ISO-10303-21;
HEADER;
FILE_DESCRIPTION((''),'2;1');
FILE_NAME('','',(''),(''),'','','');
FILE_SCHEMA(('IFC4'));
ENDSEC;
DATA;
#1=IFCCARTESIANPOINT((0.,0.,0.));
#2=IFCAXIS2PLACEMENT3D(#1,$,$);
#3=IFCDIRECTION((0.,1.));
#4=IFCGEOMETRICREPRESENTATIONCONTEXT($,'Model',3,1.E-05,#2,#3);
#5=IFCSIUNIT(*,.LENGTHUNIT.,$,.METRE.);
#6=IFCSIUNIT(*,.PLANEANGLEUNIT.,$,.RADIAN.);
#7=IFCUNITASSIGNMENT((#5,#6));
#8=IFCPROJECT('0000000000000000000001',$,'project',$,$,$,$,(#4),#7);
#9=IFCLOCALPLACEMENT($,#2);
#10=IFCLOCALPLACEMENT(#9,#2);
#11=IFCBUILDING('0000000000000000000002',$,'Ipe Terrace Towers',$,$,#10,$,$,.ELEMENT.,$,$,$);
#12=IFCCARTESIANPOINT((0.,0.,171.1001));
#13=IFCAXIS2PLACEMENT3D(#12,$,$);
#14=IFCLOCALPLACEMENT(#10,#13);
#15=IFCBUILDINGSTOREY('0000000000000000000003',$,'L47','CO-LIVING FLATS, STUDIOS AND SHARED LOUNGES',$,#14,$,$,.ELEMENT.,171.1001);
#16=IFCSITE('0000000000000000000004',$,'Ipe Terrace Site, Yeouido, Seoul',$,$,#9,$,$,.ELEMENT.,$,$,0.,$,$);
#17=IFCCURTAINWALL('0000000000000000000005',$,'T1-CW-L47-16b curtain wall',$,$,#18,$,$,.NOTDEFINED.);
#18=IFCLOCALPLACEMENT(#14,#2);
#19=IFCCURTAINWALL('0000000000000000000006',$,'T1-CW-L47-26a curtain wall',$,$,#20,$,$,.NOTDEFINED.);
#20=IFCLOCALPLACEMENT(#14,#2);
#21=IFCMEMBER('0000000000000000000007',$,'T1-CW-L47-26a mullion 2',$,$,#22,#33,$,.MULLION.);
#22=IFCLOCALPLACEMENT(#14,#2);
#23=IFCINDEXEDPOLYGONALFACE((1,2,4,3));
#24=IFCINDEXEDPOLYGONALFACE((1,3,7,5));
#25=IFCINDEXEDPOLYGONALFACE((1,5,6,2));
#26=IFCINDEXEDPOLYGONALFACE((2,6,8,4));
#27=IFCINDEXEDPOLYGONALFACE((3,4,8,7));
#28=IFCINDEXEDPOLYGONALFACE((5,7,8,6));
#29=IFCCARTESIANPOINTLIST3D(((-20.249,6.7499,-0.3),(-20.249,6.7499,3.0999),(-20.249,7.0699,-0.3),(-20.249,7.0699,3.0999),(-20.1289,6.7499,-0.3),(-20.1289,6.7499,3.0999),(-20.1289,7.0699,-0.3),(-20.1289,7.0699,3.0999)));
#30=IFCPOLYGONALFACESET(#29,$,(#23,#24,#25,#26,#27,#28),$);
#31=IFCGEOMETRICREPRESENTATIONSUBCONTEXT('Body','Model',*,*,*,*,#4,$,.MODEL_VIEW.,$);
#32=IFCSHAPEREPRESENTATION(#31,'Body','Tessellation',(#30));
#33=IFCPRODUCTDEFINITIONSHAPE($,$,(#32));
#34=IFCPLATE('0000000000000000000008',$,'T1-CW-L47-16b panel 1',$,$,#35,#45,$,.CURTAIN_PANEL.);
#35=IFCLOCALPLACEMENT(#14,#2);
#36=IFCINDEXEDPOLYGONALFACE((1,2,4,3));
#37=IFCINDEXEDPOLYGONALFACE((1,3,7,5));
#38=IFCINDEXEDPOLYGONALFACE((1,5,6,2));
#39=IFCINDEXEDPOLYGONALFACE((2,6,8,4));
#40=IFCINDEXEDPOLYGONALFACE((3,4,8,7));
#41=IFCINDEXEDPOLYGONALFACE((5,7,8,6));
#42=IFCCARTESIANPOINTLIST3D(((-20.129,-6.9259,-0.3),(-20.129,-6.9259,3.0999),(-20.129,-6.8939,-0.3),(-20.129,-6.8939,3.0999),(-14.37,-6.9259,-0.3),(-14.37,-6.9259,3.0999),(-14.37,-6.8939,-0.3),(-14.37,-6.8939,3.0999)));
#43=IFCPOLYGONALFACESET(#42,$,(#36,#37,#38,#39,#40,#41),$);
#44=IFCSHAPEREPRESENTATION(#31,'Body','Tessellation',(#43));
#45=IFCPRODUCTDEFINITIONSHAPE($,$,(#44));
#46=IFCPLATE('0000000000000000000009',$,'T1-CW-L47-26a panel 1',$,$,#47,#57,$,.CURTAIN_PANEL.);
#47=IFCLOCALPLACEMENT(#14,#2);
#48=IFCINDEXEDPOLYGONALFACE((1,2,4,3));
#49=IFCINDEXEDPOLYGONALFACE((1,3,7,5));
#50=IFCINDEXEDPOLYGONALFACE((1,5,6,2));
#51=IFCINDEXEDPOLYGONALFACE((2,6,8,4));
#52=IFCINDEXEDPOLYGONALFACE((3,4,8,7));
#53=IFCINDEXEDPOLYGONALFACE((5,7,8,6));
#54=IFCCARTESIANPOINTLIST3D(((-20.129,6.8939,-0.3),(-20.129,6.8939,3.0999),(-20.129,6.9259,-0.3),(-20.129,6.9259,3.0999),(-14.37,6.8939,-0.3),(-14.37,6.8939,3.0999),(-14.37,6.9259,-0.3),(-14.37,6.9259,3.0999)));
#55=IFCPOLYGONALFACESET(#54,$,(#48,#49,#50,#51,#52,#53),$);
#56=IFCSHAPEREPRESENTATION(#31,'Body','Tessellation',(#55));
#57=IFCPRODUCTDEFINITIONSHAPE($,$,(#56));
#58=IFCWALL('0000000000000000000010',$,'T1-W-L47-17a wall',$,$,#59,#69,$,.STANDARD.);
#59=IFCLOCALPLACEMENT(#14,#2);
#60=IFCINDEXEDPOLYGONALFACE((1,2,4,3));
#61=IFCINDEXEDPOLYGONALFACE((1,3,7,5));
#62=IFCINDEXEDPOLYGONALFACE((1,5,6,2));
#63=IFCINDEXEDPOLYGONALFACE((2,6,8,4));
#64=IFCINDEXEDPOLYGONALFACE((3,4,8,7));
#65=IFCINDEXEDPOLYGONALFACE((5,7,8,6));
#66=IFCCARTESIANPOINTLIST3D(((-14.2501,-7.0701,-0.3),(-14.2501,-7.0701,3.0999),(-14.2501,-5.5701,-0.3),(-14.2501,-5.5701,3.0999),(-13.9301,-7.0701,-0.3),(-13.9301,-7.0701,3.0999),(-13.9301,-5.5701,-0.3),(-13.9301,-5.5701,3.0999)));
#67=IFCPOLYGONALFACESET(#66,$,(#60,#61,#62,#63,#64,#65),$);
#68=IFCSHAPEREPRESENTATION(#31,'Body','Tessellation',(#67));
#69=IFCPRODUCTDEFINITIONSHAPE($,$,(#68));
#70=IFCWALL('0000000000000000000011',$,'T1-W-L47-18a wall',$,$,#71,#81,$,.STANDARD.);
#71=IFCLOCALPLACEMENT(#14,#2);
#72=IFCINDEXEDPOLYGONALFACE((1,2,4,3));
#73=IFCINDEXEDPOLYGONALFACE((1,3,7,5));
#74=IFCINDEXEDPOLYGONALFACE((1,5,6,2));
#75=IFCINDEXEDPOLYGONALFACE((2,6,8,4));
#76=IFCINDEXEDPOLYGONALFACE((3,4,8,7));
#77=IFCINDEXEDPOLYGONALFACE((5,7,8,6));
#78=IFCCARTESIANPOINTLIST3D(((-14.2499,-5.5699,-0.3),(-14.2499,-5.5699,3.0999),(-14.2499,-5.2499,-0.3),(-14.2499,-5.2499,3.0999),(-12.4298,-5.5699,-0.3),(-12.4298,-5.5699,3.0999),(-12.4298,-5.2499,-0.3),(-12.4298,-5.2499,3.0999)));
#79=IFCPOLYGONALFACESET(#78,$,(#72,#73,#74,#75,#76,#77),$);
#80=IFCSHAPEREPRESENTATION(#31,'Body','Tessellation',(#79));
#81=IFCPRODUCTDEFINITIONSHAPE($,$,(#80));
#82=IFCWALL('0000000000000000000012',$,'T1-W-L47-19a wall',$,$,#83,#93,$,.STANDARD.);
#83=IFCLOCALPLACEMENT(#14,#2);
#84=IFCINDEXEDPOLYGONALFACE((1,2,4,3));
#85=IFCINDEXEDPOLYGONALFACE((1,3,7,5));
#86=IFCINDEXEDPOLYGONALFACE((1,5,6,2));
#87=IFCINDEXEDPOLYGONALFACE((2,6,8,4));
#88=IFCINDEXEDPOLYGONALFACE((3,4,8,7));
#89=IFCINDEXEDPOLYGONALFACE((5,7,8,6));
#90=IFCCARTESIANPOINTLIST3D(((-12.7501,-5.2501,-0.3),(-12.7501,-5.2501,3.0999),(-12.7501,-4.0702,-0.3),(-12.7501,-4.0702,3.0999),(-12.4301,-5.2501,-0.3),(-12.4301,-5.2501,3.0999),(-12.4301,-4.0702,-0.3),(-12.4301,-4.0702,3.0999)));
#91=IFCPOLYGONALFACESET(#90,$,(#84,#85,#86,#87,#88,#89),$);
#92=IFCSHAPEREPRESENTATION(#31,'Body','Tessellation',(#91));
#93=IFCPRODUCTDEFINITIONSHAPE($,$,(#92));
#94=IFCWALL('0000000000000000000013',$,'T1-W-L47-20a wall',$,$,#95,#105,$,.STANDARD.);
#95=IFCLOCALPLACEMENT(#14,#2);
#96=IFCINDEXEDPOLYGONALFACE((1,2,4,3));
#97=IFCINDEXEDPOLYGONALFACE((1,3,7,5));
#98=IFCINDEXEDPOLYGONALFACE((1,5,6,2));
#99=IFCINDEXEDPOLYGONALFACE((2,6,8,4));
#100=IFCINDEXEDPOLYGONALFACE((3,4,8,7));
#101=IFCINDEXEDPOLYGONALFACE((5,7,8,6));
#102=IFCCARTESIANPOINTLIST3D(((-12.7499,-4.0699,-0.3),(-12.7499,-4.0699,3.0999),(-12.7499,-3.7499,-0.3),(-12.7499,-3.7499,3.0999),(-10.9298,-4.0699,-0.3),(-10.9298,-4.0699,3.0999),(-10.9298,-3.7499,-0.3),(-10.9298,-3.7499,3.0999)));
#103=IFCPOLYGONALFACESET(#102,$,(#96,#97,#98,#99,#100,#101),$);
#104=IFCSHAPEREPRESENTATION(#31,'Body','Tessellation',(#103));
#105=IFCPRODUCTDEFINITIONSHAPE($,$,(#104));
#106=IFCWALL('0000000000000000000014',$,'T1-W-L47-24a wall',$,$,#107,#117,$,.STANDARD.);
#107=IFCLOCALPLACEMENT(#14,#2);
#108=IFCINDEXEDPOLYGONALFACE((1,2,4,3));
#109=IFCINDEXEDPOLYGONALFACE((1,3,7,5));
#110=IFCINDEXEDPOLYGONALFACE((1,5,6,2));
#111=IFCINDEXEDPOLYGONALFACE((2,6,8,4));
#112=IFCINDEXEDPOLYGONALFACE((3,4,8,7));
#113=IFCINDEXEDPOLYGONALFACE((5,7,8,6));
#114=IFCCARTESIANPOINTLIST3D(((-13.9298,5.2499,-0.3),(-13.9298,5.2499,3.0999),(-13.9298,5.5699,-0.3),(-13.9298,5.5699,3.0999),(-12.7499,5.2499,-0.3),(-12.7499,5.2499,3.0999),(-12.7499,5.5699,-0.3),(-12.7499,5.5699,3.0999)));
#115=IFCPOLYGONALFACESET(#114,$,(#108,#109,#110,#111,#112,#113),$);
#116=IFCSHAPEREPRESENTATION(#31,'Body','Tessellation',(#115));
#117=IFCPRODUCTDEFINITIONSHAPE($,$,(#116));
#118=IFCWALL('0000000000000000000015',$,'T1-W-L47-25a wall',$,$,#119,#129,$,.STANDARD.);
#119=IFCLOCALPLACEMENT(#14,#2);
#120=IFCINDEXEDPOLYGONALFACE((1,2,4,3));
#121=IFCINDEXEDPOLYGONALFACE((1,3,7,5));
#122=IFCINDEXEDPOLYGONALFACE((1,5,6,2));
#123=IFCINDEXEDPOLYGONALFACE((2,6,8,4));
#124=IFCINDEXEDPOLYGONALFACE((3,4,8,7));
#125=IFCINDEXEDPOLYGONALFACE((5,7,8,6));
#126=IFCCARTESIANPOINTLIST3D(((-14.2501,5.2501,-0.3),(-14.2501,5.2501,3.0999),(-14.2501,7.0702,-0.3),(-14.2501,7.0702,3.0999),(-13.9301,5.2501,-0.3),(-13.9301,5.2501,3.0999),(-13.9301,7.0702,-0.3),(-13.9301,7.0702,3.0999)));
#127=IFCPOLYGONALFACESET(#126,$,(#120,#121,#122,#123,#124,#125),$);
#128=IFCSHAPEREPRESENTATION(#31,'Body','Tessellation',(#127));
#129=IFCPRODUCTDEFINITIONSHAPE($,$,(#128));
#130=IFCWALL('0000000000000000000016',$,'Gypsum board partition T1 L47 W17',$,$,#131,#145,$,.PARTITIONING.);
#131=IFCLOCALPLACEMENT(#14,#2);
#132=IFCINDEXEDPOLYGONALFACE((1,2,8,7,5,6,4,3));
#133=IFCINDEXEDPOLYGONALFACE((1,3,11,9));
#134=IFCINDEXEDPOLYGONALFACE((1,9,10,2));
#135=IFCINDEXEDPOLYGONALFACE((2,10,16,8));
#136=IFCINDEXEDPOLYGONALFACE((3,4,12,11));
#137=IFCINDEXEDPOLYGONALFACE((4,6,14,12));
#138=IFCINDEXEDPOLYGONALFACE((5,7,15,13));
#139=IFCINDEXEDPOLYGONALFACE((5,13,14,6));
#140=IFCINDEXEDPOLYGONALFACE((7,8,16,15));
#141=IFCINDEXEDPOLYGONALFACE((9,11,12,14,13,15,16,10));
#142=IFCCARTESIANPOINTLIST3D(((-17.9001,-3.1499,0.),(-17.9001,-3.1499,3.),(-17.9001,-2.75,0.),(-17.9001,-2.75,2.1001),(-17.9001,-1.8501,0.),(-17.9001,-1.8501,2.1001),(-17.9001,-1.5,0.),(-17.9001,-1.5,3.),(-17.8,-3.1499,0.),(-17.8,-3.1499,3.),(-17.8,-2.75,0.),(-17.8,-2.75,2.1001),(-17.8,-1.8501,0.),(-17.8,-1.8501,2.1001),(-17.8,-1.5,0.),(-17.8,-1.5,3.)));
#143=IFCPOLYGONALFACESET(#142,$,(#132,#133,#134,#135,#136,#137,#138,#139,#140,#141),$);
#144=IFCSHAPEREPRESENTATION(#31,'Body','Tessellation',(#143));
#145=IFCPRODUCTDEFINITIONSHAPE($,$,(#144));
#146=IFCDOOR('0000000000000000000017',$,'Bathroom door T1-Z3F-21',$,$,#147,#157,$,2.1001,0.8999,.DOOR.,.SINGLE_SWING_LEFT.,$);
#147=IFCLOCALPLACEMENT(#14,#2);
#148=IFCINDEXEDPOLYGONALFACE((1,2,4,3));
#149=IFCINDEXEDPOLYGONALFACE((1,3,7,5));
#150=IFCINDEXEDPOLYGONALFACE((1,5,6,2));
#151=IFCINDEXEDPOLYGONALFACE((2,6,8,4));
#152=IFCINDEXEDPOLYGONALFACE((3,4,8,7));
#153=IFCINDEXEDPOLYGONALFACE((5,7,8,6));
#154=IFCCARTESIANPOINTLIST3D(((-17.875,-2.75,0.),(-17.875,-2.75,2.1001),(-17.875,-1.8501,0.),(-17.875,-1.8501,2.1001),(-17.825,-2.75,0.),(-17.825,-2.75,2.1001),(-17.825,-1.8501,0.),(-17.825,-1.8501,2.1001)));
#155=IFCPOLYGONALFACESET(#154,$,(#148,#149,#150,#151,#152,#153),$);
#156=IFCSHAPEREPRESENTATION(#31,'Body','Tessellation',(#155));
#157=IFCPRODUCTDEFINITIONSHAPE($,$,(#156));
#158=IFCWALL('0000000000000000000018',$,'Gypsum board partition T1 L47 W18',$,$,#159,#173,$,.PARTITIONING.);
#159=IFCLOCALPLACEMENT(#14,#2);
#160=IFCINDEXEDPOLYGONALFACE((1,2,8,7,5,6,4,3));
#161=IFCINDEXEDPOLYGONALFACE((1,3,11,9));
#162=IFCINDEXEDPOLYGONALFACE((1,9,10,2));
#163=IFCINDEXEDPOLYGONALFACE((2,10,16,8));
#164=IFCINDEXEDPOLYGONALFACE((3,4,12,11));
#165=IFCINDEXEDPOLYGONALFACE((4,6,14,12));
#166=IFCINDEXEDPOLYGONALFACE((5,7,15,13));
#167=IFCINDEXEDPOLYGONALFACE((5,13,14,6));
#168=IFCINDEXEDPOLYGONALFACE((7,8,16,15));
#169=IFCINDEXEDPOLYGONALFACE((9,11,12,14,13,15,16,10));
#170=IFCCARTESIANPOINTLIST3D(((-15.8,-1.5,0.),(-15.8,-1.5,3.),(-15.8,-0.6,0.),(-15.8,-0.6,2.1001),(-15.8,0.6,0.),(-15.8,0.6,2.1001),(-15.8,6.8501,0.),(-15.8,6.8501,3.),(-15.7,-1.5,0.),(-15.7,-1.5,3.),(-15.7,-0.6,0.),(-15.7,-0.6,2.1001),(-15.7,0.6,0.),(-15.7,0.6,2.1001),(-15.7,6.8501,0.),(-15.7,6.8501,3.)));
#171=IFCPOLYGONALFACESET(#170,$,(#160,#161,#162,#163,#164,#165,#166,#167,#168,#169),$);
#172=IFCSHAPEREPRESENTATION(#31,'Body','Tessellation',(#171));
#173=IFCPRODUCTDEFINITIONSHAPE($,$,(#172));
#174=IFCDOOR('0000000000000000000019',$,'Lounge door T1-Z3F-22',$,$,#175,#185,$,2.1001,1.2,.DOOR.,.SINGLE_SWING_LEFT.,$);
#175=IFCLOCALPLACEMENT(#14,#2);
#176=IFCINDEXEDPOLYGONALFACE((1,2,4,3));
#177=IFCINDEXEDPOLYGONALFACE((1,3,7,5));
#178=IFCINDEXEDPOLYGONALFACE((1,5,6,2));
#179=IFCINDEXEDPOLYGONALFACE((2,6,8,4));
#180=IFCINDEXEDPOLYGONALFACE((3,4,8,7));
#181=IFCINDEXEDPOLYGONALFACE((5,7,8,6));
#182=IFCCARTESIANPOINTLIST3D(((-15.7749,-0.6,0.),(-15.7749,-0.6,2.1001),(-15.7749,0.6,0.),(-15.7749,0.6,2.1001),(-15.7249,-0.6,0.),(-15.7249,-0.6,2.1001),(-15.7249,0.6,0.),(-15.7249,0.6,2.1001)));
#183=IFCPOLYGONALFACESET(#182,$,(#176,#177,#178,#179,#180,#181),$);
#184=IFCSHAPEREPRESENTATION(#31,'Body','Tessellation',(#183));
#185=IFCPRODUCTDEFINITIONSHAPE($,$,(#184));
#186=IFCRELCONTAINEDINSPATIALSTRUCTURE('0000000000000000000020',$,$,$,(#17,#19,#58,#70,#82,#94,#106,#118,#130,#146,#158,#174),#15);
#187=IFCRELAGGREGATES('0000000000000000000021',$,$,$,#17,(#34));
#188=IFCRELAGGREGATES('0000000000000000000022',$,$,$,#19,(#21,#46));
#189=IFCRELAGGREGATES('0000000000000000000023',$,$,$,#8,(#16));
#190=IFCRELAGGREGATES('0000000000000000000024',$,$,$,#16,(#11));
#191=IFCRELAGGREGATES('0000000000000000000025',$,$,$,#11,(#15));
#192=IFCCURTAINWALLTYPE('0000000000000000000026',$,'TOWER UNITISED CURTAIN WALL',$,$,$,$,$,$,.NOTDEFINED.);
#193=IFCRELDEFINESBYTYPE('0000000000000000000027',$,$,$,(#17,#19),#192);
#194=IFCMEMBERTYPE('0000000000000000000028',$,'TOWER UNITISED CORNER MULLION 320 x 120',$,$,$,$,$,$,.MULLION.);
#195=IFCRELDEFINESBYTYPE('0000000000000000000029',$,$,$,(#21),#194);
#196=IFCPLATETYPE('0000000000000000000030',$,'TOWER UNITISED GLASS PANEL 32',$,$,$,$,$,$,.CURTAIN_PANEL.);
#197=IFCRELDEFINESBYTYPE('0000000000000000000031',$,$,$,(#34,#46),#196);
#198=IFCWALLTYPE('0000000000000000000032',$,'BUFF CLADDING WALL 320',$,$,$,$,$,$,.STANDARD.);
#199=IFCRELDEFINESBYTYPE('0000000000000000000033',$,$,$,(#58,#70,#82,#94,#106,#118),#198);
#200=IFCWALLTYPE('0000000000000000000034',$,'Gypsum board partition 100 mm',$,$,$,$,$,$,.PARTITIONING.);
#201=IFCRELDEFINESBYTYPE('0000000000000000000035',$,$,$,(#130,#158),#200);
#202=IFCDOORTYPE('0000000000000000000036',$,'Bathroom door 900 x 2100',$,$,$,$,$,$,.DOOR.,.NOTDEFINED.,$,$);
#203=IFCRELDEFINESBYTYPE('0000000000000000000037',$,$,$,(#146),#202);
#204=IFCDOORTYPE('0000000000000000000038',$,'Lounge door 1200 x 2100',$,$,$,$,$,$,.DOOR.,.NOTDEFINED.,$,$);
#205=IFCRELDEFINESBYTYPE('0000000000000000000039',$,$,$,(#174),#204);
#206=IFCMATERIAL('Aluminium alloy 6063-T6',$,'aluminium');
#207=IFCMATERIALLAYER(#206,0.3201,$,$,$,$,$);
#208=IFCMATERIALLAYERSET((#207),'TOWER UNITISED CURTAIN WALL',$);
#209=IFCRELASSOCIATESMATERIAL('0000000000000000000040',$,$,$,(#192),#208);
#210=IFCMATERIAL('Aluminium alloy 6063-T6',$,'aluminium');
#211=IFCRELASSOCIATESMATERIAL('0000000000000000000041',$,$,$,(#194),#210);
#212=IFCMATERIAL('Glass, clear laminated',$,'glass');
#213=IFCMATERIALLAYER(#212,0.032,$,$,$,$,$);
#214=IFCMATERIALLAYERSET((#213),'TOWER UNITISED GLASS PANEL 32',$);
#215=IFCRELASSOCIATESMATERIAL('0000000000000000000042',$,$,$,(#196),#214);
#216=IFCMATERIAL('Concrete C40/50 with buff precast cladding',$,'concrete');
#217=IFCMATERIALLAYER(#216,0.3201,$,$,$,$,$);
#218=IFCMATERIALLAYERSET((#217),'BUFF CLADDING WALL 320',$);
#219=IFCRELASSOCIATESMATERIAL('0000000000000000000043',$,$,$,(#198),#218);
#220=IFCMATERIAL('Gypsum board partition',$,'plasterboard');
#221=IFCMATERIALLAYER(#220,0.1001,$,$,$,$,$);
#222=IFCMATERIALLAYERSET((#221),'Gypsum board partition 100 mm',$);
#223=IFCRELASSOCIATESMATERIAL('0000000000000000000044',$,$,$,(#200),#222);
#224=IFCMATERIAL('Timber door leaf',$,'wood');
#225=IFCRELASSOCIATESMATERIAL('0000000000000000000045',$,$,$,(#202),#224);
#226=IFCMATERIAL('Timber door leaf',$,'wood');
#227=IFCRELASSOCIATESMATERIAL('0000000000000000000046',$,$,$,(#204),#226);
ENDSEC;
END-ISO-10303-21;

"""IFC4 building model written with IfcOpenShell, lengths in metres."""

from ifc_helpers import new_model, si_unit, direction, frame, frame_2d, origin, origin_2d, place, context, subcontext, project, spatial, rectangle, extrude, material, layer, layer_set, material_profile, profile_set, type_object, element, fill, aggregate, save


model = new_model("IFC4")

# Units and contexts
model_context = context("Model", 3, precision=1e-05, world=origin(), true_north=direction((0.0, 1.0)))
body_context = subcontext(model_context, "Body", "Model", "MODEL_VIEW")
ifc_project = project(units=[si_unit("LENGTHUNIT", "METRE"), si_unit("PLANEANGLEUNIT", "RADIAN")], contexts=[model_context])

# Site, building, storey
site_placement = place(None, origin())
site = spatial("IfcSite", under=ifc_project, at=site_placement, Name="Ipe Terrace Site, Yeouido, Seoul", CompositionType="ELEMENT", RefElevation=0.0)
building_placement = place(site_placement, origin())
building = spatial("IfcBuilding", under=site, at=building_placement, Name="Ipe Terrace Towers", CompositionType="ELEMENT")
storey_placement = place(building_placement, frame((0.0, 0.0, 171.1001)))
storey = spatial("IfcBuildingStorey", under=building, at=storey_placement, Name="L47", Description="CO-LIVING FLATS, STUDIOS AND SHARED LOUNGES", CompositionType="ELEMENT", Elevation=171.1001)

# Curtain walls, member
ifc_material_1 = material(Name="Aluminium alloy 6063-T6", Category="aluminium")
ifc_layer_1 = layer(ifc_material_1, 0.3201)
ifc_layer_set_1 = layer_set([ifc_layer_1], Name="TOWER UNITISED CURTAIN WALL")
curtain_wall_type = type_object("IfcCurtainWallType", Name="TOWER UNITISED CURTAIN WALL", PredefinedType="NOTDEFINED", material=ifc_layer_set_1)
curtain_wall_1_placement = place(storey_placement, origin())
curtain_wall_1 = element("IfcCurtainWall", 1, at=curtain_wall_1_placement, inside=storey, type_object=curtain_wall_type, Name="T1-CW-L47-16b curtain wall", PredefinedType="NOTDEFINED")
ifc_material_2 = material(Name="Aluminium alloy 6063-T6", Category="aluminium")
ifc_material_profile_1 = material_profile(ifc_material_2, rectangle(XDim=0.3201, YDim=0.1201, at=origin_2d()), Name="TOWER UNITISED CORNER MULLION 320 x 120")
ifc_profile_set_1 = profile_set([ifc_material_profile_1], Name="Aluminium alloy 6063-T6")
member_type = type_object("IfcMemberType", Name="TOWER UNITISED CORNER MULLION 320 x 120", PredefinedType="MULLION", material=ifc_profile_set_1)
curtain_wall_2_placement = place(storey_placement, origin())
curtain_wall_2 = element("IfcCurtainWall", 2, at=curtain_wall_2_placement, inside=storey, type_object=curtain_wall_type, Name="T1-CW-L47-26a curtain wall", PredefinedType="NOTDEFINED")
member_1_placement = place(storey_placement, frame((-20.189, 6.9099, -0.3), z_axis=(0.0, 0.0, 1.0), x_axis=(0.0, 1.0, 0.0)))
member_1 = element("IfcMember", 3, at=member_1_placement, type_object=member_type, Name="T1-CW-L47-26a mullion 2", PredefinedType="MULLION", context=body_context, shape_type="SweptSolid", body=[
    extrude(rectangle(XDim=0.3201, YDim=0.1201, at=origin_2d()), origin(), (0.0, 0.0, 1.0), 3.3999),
])

# Plates
ifc_material_3 = material(Name="Glass, clear laminated", Category="glass")
ifc_layer_2 = layer(ifc_material_3, 0.032)
ifc_layer_set_2 = layer_set([ifc_layer_2], Name="TOWER UNITISED GLASS PANEL 32")
plate_type = type_object("IfcPlateType", Name="TOWER UNITISED GLASS PANEL 32", PredefinedType="CURTAIN_PANEL", material=ifc_layer_set_2)
plate_1_placement = place(storey_placement, frame((-17.2495, -6.9099, -0.3), z_axis=(0.0, 0.0, 1.0), x_axis=(1.0, 0.0, 0.0)))
plate_1 = element("IfcPlate", 4, at=plate_1_placement, type_object=plate_type, Name="T1-CW-L47-16b panel 1", PredefinedType="CURTAIN_PANEL", context=body_context, shape_type="SweptSolid", body=[
    extrude(rectangle(XDim=5.759, YDim=0.032, at=origin_2d()), origin(), (0.0, 0.0, 1.0), 3.3999),
])
aggregate(curtain_wall_1, [plate_1])
plate_2_placement = place(storey_placement, frame((-17.2495, 6.9099, -0.3), z_axis=(0.0, 0.0, 1.0), x_axis=(-1.0, 0.0, 0.0)))
plate_2 = element("IfcPlate", 5, at=plate_2_placement, type_object=plate_type, Name="T1-CW-L47-26a panel 1", PredefinedType="CURTAIN_PANEL", context=body_context, shape_type="SweptSolid", body=[
    extrude(rectangle(XDim=5.759, YDim=0.032, at=origin_2d()), origin(), (0.0, 0.0, 1.0), 3.3999),
])
aggregate(curtain_wall_2, [member_1, plate_2])

# Walls
ifc_material_4 = material(Name="Concrete C40/50 with buff precast cladding", Category="concrete")
ifc_layer_3 = layer(ifc_material_4, 0.3201)
ifc_layer_set_3 = layer_set([ifc_layer_3], Name="BUFF CLADDING WALL 320")
wall_type_1 = type_object("IfcWallType", Name="BUFF CLADDING WALL 320", PredefinedType="STANDARD", material=ifc_layer_set_3)
wall_1_placement = place(storey_placement, frame((-14.0901, -7.0701, -0.3), z_axis=(0.0, 0.0, 1.0), x_axis=(0.0, 1.0, 0.0)))
element("IfcWall", 6, at=wall_1_placement, inside=storey, type_object=wall_type_1, Name="T1-W-L47-17a wall", PredefinedType="STANDARD", context=body_context, shape_type="SweptSolid", body=[
    extrude(rectangle(XDim=1.5, YDim=0.3201, at=frame_2d((0.75, 0.0))), origin(), (0.0, 0.0, 1.0), 3.3999),
])
wall_2_placement = place(storey_placement, frame((-14.25, -5.4099, -0.3), z_axis=(0.0, 0.0, 1.0), x_axis=(1.0, 0.0, 0.0)))
element("IfcWall", 7, at=wall_2_placement, inside=storey, type_object=wall_type_1, Name="T1-W-L47-18a wall", PredefinedType="STANDARD", context=body_context, shape_type="SweptSolid", body=[
    extrude(rectangle(XDim=1.8201, YDim=0.3201, at=frame_2d((0.9102, 0.0))), origin(), (0.0, 0.0, 1.0), 3.3999),
])
wall_3_placement = place(storey_placement, frame((-12.5901, -5.25, -0.3), z_axis=(0.0, 0.0, 1.0), x_axis=(0.0, 1.0, 0.0)))
element("IfcWall", 8, at=wall_3_placement, inside=storey, type_object=wall_type_1, Name="T1-W-L47-19a wall", PredefinedType="STANDARD", context=body_context, shape_type="SweptSolid", body=[
    extrude(rectangle(XDim=1.1799, YDim=0.3201, at=frame_2d((0.5898, 0.0))), origin(), (0.0, 0.0, 1.0), 3.3999),
])
wall_4_placement = place(storey_placement, frame((-12.75, -3.9099, -0.3), z_axis=(0.0, 0.0, 1.0), x_axis=(1.0, 0.0, 0.0)))
element("IfcWall", 9, at=wall_4_placement, inside=storey, type_object=wall_type_1, Name="T1-W-L47-20a wall", PredefinedType="STANDARD", context=body_context, shape_type="SweptSolid", body=[
    extrude(rectangle(XDim=1.8201, YDim=0.3201, at=frame_2d((0.9102, 0.0))), origin(), (0.0, 0.0, 1.0), 3.3999),
])
wall_5_placement = place(storey_placement, frame((-12.75, 5.4099, -0.3), z_axis=(0.0, 0.0, 1.0), x_axis=(-1.0, 0.0, 0.0)))
element("IfcWall", 10, at=wall_5_placement, inside=storey, type_object=wall_type_1, Name="T1-W-L47-24a wall", PredefinedType="STANDARD", context=body_context, shape_type="SweptSolid", body=[
    extrude(rectangle(XDim=1.1799, YDim=0.3201, at=frame_2d((0.5898, 0.0))), origin(), (0.0, 0.0, 1.0), 3.3999),
])
wall_6_placement = place(storey_placement, frame((-14.0901, 5.25, -0.3), z_axis=(0.0, 0.0, 1.0), x_axis=(0.0, 1.0, 0.0)))
element("IfcWall", 11, at=wall_6_placement, inside=storey, type_object=wall_type_1, Name="T1-W-L47-25a wall", PredefinedType="STANDARD", context=body_context, shape_type="SweptSolid", body=[
    extrude(rectangle(XDim=1.8201, YDim=0.3201, at=frame_2d((0.9102, 0.0))), origin(), (0.0, 0.0, 1.0), 3.3999),
])

# Walls, openings, doors
ifc_material_5 = material(Name="Gypsum board partition", Category="plasterboard")
ifc_layer_4 = layer(ifc_material_5, 0.1001)
ifc_layer_set_4 = layer_set([ifc_layer_4], Name="Gypsum board partition 100 mm")
wall_type_2 = type_object("IfcWallType", Name="Gypsum board partition 100 mm", PredefinedType="PARTITIONING", material=ifc_layer_set_4)
wall_7_placement = place(storey_placement, frame((-17.8501, -3.1499, 0.0), z_axis=(0.0, 0.0, 1.0), x_axis=(0.0, 1.0, 0.0)))
wall_7 = element("IfcWall", 12, at=wall_7_placement, inside=storey, type_object=wall_type_2, Name="Gypsum board partition T1 L47 W17", PredefinedType="PARTITIONING", context=body_context, shape_type="SweptSolid", body=[
    extrude(rectangle(XDim=1.6499, YDim=0.1001, at=frame_2d((0.825, 0.0))), origin(), (0.0, 0.0, 1.0), 3.0),
])
opening_1_placement = place(wall_7_placement, frame((0.3999, 0.0, 0.0)))
opening_1 = element("IfcOpeningElement", 13, at=opening_1_placement, cuts=wall_7, PredefinedType="OPENING", context=body_context, shape_type="SweptSolid", body=[
    extrude(rectangle(XDim=0.8999, YDim=2.1001, at=frame_2d((0.45, 1.05))), frame((0.0, 0.0601, 0.0), z_axis=(0.0, -1.0, 0.0), x_axis=(1.0, 0.0, 0.0)), (0.0, 0.0, 1.0), 0.1201),
])
ifc_material_6 = material(Name="Timber door leaf", Category="wood")
door_type_1 = type_object("IfcDoorType", Name="Bathroom door 900 x 2100", OperationType="NOTDEFINED", PredefinedType="DOOR", material=ifc_material_6)
door_1_placement = place(opening_1_placement, origin())
door_1 = element("IfcDoor", 14, at=door_1_placement, inside=storey, type_object=door_type_1, Name="Bathroom door T1-Z3F-21", OperationType="SINGLE_SWING_LEFT", OverallHeight=2.1001, OverallWidth=0.8999, PredefinedType="DOOR", context=body_context, shape_type="SweptSolid", body=[
    extrude(rectangle(XDim=0.8999, YDim=2.1001, at=frame_2d((0.45, 1.05))), frame((0.0, 0.0249, 0.0), z_axis=(0.0, -1.0, 0.0), x_axis=(1.0, 0.0, 0.0)), (0.0, 0.0, 1.0), 0.05),
])
fill(opening_1, door_1)
wall_8_placement = place(storey_placement, frame((-15.75, -1.5, 0.0), z_axis=(0.0, 0.0, 1.0), x_axis=(0.0, 1.0, 0.0)))
wall_8 = element("IfcWall", 15, at=wall_8_placement, inside=storey, type_object=wall_type_2, Name="Gypsum board partition T1 L47 W18", PredefinedType="PARTITIONING", context=body_context, shape_type="SweptSolid", body=[
    extrude(rectangle(XDim=8.3501, YDim=0.1001, at=frame_2d((4.175, 0.0))), origin(), (0.0, 0.0, 1.0), 3.0),
])
opening_2_placement = place(wall_8_placement, frame((0.8999, 0.0, 0.0)))
opening_2 = element("IfcOpeningElement", 16, at=opening_2_placement, cuts=wall_8, PredefinedType="OPENING", context=body_context, shape_type="SweptSolid", body=[
    extrude(rectangle(XDim=1.2, YDim=2.1001, at=frame_2d((0.6001, 1.05))), frame((0.0, 0.0601, 0.0), z_axis=(0.0, -1.0, 0.0), x_axis=(1.0, 0.0, 0.0)), (0.0, 0.0, 1.0), 0.1201),
])
ifc_material_7 = material(Name="Timber door leaf", Category="wood")
door_type_2 = type_object("IfcDoorType", Name="Lounge door 1200 x 2100", OperationType="NOTDEFINED", PredefinedType="DOOR", material=ifc_material_7)
door_2_placement = place(opening_2_placement, origin())
door_2 = element("IfcDoor", 17, at=door_2_placement, inside=storey, type_object=door_type_2, Name="Lounge door T1-Z3F-22", OperationType="SINGLE_SWING_LEFT", OverallHeight=2.1001, OverallWidth=1.2, PredefinedType="DOOR", context=body_context, shape_type="SweptSolid", body=[
    extrude(rectangle(XDim=1.2, YDim=2.1001, at=frame_2d((0.6001, 1.05))), frame((0.0, 0.0249, 0.0), z_axis=(0.0, -1.0, 0.0), x_axis=(1.0, 0.0, 0.0)), (0.0, 0.0, 1.0), 0.05),
])
fill(opening_2, door_2)

save(model, "model.ifc")
